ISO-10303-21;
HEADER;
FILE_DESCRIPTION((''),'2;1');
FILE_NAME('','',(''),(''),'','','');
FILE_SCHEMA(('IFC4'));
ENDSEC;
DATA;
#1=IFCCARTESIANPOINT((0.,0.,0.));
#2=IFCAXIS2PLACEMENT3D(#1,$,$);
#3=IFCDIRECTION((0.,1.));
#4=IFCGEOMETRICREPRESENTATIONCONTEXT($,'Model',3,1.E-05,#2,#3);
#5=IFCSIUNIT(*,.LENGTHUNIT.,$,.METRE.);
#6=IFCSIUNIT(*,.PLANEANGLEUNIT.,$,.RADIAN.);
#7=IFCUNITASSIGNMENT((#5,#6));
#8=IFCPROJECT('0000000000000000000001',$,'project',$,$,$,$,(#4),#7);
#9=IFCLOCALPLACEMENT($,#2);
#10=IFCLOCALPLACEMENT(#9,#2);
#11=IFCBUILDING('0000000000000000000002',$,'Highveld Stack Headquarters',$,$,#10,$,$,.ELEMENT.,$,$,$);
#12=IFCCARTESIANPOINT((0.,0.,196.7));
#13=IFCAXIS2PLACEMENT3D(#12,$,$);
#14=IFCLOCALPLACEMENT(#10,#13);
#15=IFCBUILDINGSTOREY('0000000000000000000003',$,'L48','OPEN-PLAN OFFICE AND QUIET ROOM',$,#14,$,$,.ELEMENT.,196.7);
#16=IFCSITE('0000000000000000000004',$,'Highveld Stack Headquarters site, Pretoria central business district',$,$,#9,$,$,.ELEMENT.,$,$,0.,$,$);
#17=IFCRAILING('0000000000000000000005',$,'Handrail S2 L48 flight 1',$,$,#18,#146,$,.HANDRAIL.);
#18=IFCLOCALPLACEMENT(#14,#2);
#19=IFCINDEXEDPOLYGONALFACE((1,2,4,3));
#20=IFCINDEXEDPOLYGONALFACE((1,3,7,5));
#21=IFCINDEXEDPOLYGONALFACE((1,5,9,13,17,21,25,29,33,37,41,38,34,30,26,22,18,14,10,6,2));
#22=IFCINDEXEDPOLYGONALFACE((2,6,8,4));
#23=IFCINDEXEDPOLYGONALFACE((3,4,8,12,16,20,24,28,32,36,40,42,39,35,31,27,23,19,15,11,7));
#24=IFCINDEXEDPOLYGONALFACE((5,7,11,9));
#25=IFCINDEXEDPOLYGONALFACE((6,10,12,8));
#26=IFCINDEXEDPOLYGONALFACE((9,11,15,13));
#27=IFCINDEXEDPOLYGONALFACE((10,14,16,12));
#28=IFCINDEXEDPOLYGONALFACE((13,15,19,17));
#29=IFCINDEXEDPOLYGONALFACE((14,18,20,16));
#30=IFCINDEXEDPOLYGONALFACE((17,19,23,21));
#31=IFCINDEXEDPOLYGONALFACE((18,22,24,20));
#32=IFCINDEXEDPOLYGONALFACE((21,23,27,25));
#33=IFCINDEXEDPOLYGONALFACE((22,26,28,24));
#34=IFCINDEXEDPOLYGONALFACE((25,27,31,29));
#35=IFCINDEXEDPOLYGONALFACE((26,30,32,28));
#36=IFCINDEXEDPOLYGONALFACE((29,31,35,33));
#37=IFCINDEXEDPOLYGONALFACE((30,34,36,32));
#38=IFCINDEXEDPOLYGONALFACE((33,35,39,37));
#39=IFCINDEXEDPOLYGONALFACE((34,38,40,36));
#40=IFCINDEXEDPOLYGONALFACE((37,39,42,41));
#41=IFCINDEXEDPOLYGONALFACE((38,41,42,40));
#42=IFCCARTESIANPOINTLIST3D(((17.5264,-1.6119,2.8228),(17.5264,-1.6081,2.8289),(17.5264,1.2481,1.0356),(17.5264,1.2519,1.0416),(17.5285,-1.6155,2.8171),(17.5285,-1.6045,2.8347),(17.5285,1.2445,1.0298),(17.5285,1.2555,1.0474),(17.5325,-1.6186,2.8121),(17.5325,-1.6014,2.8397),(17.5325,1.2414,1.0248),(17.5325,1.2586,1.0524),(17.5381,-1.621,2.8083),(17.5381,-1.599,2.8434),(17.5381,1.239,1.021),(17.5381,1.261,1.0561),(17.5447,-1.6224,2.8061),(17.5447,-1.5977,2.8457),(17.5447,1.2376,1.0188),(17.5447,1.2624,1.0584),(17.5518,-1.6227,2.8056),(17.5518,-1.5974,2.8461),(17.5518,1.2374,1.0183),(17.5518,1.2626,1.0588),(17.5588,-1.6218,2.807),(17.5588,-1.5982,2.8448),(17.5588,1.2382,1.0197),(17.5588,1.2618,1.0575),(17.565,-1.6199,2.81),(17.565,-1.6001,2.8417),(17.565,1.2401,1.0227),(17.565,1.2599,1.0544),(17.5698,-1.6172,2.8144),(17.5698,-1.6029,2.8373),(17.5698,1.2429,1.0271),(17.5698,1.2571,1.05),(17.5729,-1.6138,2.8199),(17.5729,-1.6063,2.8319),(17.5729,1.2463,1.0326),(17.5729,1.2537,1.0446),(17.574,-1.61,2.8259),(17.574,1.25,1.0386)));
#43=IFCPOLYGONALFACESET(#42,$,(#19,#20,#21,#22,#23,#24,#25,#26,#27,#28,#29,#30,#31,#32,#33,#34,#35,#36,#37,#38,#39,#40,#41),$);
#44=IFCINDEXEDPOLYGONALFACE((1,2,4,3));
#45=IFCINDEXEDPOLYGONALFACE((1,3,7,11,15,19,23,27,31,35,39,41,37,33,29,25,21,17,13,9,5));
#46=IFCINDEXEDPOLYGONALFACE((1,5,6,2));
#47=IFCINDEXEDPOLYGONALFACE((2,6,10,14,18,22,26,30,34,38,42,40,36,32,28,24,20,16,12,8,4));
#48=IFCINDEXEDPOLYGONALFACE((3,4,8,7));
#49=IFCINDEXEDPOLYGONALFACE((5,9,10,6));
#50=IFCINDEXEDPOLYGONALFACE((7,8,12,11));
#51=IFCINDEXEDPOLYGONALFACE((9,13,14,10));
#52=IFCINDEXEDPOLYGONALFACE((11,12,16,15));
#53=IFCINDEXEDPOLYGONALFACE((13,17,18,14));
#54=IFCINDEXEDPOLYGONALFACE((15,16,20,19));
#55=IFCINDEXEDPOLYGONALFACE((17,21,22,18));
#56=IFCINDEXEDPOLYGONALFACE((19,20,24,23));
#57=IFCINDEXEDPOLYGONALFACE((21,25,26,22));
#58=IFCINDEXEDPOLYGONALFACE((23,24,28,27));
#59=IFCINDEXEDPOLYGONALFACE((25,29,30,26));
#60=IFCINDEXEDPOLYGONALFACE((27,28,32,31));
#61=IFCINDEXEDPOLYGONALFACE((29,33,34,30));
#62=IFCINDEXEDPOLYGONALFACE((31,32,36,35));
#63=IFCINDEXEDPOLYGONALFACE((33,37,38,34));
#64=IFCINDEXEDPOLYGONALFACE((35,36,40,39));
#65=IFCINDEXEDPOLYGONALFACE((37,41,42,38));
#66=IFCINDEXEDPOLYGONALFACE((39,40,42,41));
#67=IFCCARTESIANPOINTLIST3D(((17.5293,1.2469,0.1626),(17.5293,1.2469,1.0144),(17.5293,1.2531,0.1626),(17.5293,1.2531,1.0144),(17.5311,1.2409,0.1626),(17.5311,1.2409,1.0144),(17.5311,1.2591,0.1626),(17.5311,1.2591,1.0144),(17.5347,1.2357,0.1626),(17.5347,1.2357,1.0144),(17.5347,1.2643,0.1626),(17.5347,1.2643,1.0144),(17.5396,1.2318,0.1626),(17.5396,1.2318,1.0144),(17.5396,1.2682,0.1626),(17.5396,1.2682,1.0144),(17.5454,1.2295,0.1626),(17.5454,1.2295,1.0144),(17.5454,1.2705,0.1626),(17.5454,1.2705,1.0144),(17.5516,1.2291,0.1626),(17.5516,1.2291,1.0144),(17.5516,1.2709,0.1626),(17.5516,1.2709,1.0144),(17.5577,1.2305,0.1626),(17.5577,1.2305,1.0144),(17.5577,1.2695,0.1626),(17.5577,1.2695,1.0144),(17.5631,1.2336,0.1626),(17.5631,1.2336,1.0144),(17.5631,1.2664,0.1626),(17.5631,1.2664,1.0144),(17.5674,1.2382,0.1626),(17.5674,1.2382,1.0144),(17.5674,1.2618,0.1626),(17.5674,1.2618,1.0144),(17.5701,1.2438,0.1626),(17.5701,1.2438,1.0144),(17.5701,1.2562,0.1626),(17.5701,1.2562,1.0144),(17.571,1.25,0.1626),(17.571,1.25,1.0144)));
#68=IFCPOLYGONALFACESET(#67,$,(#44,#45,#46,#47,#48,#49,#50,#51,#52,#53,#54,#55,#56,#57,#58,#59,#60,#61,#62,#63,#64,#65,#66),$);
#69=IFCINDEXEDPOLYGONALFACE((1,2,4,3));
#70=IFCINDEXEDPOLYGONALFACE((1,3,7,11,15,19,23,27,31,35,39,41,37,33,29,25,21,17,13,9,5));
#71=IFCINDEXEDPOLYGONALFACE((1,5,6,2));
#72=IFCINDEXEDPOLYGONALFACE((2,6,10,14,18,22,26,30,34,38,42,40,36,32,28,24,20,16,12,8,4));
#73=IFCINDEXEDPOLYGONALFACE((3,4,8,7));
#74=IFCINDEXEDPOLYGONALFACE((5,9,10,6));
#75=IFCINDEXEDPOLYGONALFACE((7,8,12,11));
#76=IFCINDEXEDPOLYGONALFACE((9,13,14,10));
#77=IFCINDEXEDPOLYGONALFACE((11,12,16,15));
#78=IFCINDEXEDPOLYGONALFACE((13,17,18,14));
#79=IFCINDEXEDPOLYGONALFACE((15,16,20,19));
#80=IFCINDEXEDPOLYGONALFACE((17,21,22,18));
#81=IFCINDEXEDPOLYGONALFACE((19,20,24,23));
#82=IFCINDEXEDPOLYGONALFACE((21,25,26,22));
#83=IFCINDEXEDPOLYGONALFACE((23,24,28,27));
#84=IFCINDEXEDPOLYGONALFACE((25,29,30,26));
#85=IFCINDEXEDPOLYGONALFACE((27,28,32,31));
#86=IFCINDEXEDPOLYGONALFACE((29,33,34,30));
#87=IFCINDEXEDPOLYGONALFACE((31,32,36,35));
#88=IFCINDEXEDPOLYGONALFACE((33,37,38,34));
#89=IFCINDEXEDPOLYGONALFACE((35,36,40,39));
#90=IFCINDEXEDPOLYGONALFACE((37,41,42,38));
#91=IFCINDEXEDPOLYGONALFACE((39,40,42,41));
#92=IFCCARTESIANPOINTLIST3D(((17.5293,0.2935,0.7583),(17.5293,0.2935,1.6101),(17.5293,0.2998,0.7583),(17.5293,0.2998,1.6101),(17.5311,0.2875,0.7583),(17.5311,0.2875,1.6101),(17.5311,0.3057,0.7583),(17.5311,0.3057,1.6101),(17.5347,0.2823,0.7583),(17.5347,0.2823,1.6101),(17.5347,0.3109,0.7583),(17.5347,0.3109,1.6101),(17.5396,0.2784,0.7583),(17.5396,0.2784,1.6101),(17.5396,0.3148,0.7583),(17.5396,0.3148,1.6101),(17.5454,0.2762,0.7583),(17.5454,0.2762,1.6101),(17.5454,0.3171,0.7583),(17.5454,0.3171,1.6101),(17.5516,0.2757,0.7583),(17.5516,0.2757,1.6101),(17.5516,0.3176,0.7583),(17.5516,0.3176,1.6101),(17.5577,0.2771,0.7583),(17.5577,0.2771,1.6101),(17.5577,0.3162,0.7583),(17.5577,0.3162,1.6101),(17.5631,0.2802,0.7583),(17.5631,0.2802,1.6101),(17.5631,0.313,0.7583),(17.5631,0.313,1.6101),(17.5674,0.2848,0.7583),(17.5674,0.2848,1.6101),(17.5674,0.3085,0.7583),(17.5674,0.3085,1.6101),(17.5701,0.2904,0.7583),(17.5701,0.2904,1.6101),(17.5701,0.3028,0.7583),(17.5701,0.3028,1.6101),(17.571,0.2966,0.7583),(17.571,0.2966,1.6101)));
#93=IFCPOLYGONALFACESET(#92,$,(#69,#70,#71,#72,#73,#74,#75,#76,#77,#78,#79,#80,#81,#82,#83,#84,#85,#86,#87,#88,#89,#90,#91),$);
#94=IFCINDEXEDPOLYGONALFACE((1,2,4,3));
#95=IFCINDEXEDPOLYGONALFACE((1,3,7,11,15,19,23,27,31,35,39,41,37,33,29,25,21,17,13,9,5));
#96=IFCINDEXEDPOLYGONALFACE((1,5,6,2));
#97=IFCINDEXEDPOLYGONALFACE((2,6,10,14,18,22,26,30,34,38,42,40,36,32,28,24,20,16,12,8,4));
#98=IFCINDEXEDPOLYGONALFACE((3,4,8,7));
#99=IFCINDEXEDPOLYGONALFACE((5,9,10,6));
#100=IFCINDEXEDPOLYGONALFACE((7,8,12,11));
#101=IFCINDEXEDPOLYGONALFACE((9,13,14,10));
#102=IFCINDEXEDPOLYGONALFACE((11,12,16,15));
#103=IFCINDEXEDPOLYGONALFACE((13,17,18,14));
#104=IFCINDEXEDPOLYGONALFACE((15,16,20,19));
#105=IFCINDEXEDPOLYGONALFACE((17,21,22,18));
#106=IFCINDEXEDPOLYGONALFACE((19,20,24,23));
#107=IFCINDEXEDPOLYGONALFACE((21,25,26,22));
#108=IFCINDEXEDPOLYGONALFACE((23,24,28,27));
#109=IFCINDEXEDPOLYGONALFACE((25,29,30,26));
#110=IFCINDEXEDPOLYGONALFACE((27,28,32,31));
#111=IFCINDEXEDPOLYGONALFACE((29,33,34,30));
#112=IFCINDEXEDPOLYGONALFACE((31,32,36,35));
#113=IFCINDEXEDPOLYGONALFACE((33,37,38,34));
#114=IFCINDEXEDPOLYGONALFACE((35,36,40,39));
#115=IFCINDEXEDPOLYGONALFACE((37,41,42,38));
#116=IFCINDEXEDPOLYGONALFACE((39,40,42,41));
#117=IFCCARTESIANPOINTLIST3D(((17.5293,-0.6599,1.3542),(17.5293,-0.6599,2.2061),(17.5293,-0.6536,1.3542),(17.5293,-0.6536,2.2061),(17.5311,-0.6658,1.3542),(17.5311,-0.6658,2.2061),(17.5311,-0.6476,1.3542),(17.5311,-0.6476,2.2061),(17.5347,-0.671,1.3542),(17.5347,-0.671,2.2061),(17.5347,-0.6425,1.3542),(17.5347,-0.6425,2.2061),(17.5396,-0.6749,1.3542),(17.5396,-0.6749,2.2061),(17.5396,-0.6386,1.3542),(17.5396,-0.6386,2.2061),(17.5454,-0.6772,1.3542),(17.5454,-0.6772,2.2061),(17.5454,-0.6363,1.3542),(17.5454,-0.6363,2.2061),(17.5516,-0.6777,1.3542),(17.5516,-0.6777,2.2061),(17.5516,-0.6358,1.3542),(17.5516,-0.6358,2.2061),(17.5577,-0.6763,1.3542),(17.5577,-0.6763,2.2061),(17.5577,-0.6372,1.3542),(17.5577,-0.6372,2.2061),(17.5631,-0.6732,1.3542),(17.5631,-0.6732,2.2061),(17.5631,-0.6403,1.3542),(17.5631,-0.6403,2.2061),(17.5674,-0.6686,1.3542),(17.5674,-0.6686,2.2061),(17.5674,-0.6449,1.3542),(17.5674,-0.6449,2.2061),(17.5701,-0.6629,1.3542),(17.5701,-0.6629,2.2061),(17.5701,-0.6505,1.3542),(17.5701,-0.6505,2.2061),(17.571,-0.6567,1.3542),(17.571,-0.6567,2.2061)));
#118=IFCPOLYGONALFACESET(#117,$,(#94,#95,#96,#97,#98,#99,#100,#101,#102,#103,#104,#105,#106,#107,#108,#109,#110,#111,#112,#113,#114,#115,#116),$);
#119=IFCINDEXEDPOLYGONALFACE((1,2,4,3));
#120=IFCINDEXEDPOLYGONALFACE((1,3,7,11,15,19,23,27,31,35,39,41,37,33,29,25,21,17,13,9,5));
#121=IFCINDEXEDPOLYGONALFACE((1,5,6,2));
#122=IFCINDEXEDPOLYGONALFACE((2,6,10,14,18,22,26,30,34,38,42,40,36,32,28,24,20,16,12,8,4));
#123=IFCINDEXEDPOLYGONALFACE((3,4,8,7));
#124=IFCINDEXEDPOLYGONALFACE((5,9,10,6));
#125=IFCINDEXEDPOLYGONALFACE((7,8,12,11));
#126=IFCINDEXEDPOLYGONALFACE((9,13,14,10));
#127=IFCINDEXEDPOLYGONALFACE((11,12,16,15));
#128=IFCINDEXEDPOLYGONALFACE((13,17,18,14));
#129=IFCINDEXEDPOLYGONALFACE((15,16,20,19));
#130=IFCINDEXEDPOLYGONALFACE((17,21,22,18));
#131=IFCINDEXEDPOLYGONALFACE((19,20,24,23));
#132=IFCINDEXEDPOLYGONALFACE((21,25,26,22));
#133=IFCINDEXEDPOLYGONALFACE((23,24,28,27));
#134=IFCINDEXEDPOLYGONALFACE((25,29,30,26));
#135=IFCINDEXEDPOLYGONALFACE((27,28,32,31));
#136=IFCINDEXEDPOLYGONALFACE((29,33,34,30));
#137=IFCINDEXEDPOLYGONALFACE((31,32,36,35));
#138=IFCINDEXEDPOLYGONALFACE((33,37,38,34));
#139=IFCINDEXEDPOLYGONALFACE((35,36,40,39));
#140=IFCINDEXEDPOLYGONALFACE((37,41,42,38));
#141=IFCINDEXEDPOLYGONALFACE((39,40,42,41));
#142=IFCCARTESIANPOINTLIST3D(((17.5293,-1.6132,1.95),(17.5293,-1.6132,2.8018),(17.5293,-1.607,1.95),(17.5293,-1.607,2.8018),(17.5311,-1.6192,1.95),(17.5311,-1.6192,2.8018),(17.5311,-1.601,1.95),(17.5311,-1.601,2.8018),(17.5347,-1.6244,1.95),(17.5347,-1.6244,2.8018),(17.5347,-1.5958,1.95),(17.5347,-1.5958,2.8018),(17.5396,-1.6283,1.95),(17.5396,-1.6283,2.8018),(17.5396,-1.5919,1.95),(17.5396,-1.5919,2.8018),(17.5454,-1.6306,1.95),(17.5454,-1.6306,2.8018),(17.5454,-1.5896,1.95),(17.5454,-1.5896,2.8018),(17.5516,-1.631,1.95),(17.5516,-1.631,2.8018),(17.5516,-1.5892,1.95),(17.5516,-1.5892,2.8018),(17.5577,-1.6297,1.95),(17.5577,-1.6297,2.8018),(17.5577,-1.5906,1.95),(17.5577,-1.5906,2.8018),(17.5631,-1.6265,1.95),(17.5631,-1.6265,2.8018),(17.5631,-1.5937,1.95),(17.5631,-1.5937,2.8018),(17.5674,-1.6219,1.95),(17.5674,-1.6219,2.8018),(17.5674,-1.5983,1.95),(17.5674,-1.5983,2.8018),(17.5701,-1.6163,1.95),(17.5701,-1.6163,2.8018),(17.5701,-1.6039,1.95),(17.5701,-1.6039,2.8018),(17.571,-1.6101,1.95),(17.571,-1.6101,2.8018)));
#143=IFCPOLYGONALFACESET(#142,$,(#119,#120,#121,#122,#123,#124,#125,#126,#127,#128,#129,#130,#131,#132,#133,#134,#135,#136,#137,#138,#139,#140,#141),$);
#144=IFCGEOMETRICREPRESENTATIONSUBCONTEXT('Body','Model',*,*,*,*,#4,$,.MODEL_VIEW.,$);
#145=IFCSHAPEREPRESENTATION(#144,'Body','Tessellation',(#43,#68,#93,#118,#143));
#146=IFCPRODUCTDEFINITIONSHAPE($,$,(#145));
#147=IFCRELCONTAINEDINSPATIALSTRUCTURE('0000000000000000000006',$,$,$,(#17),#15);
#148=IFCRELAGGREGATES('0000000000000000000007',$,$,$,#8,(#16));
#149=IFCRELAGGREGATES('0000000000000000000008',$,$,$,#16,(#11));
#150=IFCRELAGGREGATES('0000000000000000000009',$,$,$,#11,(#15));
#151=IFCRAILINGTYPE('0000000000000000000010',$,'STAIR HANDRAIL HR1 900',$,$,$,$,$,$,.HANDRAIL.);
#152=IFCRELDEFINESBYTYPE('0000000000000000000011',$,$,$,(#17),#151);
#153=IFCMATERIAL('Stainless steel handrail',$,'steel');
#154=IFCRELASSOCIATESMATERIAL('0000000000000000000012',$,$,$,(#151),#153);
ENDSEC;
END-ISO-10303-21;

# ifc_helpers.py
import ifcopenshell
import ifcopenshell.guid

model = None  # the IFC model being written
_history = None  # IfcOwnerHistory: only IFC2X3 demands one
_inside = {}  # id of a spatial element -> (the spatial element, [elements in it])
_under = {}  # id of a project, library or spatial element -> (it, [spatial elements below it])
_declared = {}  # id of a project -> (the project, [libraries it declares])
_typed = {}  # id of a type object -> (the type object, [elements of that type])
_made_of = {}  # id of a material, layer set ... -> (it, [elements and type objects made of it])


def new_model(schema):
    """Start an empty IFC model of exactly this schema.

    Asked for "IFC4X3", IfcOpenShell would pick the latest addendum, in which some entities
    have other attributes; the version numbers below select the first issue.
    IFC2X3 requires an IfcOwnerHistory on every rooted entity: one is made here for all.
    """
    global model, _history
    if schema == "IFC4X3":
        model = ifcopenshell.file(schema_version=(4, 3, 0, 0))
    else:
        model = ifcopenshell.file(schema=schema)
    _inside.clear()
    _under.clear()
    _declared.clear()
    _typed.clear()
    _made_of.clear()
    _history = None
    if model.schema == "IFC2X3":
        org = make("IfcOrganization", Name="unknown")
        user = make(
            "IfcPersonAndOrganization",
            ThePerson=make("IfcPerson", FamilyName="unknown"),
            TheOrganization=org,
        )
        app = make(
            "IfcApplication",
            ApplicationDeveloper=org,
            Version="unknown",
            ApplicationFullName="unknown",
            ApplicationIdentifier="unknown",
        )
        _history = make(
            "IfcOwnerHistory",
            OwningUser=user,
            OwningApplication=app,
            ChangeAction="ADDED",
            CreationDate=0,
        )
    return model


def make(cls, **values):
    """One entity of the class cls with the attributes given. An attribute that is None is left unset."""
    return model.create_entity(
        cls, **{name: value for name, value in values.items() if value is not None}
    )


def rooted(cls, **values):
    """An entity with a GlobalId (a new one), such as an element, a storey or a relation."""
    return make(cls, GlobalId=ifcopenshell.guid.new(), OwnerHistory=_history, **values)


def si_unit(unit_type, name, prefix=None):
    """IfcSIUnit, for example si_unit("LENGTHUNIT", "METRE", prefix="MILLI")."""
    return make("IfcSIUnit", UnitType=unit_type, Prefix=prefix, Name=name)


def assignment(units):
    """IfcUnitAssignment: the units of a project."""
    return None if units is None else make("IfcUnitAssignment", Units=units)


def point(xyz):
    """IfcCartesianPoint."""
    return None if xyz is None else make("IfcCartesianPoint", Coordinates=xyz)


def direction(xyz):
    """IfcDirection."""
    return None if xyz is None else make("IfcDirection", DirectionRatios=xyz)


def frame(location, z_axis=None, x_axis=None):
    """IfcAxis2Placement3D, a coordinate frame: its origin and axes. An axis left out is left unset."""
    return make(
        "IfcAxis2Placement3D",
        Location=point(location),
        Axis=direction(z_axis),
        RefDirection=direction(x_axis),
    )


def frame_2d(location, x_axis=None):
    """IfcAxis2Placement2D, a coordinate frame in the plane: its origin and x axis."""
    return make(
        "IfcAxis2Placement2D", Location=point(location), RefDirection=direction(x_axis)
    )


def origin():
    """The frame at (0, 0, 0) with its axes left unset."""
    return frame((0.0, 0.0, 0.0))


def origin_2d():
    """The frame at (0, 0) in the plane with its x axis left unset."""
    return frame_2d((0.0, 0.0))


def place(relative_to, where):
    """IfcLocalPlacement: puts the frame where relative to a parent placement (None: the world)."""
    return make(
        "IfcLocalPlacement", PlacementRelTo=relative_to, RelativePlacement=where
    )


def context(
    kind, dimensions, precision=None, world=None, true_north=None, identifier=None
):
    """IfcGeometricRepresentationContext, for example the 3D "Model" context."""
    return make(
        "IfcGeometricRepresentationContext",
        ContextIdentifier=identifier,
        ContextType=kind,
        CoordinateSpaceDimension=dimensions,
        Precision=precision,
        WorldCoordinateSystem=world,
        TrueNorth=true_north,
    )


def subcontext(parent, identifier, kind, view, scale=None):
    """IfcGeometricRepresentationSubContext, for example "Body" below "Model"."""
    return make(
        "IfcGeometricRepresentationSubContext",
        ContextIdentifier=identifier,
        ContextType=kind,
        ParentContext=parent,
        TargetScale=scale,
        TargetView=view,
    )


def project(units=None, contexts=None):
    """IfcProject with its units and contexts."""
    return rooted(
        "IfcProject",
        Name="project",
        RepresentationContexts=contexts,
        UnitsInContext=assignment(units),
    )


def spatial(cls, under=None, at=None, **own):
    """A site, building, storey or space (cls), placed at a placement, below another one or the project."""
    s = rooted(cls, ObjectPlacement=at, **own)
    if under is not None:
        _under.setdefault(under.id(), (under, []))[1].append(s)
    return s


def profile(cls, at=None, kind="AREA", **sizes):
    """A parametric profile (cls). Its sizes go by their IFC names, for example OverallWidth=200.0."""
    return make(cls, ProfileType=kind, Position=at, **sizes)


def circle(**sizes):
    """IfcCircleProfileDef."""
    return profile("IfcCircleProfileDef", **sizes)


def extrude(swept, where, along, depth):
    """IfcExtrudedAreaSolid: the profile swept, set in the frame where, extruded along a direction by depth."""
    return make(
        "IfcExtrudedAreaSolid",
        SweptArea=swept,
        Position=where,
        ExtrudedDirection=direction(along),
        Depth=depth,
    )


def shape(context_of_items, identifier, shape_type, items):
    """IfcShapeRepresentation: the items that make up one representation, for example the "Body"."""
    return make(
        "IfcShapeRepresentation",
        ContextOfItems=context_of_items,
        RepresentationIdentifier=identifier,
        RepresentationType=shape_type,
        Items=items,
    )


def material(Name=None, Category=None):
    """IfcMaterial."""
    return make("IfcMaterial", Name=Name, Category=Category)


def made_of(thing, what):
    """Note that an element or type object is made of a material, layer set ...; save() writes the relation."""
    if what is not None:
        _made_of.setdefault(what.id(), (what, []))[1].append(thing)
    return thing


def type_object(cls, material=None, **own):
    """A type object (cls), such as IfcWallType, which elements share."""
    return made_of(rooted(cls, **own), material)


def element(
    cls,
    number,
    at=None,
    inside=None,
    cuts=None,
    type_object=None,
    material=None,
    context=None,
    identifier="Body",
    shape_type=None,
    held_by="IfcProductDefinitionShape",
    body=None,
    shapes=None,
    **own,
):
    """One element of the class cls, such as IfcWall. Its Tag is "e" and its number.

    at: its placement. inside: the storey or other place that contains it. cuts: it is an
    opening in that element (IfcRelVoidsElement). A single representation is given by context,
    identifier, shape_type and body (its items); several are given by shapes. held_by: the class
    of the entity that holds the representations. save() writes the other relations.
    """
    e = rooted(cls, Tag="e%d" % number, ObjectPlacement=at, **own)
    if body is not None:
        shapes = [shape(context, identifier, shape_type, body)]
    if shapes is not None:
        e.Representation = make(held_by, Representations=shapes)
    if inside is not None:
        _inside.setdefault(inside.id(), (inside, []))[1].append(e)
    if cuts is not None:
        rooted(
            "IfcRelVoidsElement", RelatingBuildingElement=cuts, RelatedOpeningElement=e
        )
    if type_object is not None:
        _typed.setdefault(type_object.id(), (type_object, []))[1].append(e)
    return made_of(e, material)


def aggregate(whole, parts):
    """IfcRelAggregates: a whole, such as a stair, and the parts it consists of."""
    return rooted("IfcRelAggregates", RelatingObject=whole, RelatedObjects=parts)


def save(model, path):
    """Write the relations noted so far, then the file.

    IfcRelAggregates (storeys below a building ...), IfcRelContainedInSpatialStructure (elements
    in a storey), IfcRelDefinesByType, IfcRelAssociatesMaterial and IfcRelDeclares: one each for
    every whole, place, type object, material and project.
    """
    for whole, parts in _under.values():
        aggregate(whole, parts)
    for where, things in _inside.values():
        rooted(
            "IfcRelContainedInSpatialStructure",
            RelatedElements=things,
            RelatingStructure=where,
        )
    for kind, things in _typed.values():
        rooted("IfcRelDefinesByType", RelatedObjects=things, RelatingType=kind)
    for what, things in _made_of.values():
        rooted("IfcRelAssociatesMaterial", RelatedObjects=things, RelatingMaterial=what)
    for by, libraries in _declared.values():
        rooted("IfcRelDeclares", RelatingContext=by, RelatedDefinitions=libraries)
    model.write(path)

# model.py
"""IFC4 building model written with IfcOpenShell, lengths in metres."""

from ifc_helpers import new_model, si_unit, direction, frame, origin, origin_2d, place, context, subcontext, project, spatial, circle, extrude, material, type_object, element, save


model = new_model("IFC4")

# Units and contexts
model_context = context("Model", 3, precision=1e-05, world=origin(), true_north=direction((0.0, 1.0)))
body_context = subcontext(model_context, "Body", "Model", "MODEL_VIEW")
ifc_project = project(units=[si_unit("LENGTHUNIT", "METRE"), si_unit("PLANEANGLEUNIT", "RADIAN")], contexts=[model_context])

# Site, building, storey
site_placement = place(None, origin())
site = spatial("IfcSite", under=ifc_project, at=site_placement, Name="Highveld Stack Headquarters site, Pretoria central business district", CompositionType="ELEMENT", RefElevation=0.0)
building_placement = place(site_placement, origin())
building = spatial("IfcBuilding", under=site, at=building_placement, Name="Highveld Stack Headquarters", CompositionType="ELEMENT")
storey_placement = place(building_placement, frame((0.0, 0.0, 196.7)))
storey = spatial("IfcBuildingStorey", under=building, at=storey_placement, Name="L48", Description="OPEN-PLAN OFFICE AND QUIET ROOM", CompositionType="ELEMENT", Elevation=196.7)

# Railing
ifc_material_1 = material(Name="Stainless steel handrail", Category="steel")
railing_type = type_object("IfcRailingType", Name="STAIR HANDRAIL HR1 900", PredefinedType="HANDRAIL", material=ifc_material_1)
for number, where, name in (
    (1, (17.55, 1.25, 0.1626), "Handrail S2 L48 flight 1"),
):
    element("IfcRailing", number, at=place(storey_placement, frame(where)), inside=storey, type_object=railing_type, Name=name, PredefinedType="HANDRAIL", context=body_context, shape_type="SweptSolid", body=[
        extrude(circle(Radius=0.0239, at=origin_2d()), frame((0.0, 0.0, 0.876), z_axis=(0.0, -0.848027, 0.529953), x_axis=(1.0, 0.0, 0.0)), (0.0, 0.0, 1.0), 3.3726),
        extrude(circle(Radius=0.021, at=origin_2d()), origin(), (0.0, 0.0, 1.0), 0.8518),
        extrude(circle(Radius=0.021, at=origin_2d()), frame((0.0, -0.9534, 0.5957)), (0.0, 0.0, 1.0), 0.8518),
        extrude(circle(Radius=0.021, at=origin_2d()), frame((0.0, -1.9067, 1.1917)), (0.0, 0.0, 1.0), 0.8518),
        extrude(circle(Radius=0.021, at=origin_2d()), frame((0.0, -2.8601, 1.7874)), (0.0, 0.0, 1.0), 0.8518),
    ])

save(model, "model.ifc")
